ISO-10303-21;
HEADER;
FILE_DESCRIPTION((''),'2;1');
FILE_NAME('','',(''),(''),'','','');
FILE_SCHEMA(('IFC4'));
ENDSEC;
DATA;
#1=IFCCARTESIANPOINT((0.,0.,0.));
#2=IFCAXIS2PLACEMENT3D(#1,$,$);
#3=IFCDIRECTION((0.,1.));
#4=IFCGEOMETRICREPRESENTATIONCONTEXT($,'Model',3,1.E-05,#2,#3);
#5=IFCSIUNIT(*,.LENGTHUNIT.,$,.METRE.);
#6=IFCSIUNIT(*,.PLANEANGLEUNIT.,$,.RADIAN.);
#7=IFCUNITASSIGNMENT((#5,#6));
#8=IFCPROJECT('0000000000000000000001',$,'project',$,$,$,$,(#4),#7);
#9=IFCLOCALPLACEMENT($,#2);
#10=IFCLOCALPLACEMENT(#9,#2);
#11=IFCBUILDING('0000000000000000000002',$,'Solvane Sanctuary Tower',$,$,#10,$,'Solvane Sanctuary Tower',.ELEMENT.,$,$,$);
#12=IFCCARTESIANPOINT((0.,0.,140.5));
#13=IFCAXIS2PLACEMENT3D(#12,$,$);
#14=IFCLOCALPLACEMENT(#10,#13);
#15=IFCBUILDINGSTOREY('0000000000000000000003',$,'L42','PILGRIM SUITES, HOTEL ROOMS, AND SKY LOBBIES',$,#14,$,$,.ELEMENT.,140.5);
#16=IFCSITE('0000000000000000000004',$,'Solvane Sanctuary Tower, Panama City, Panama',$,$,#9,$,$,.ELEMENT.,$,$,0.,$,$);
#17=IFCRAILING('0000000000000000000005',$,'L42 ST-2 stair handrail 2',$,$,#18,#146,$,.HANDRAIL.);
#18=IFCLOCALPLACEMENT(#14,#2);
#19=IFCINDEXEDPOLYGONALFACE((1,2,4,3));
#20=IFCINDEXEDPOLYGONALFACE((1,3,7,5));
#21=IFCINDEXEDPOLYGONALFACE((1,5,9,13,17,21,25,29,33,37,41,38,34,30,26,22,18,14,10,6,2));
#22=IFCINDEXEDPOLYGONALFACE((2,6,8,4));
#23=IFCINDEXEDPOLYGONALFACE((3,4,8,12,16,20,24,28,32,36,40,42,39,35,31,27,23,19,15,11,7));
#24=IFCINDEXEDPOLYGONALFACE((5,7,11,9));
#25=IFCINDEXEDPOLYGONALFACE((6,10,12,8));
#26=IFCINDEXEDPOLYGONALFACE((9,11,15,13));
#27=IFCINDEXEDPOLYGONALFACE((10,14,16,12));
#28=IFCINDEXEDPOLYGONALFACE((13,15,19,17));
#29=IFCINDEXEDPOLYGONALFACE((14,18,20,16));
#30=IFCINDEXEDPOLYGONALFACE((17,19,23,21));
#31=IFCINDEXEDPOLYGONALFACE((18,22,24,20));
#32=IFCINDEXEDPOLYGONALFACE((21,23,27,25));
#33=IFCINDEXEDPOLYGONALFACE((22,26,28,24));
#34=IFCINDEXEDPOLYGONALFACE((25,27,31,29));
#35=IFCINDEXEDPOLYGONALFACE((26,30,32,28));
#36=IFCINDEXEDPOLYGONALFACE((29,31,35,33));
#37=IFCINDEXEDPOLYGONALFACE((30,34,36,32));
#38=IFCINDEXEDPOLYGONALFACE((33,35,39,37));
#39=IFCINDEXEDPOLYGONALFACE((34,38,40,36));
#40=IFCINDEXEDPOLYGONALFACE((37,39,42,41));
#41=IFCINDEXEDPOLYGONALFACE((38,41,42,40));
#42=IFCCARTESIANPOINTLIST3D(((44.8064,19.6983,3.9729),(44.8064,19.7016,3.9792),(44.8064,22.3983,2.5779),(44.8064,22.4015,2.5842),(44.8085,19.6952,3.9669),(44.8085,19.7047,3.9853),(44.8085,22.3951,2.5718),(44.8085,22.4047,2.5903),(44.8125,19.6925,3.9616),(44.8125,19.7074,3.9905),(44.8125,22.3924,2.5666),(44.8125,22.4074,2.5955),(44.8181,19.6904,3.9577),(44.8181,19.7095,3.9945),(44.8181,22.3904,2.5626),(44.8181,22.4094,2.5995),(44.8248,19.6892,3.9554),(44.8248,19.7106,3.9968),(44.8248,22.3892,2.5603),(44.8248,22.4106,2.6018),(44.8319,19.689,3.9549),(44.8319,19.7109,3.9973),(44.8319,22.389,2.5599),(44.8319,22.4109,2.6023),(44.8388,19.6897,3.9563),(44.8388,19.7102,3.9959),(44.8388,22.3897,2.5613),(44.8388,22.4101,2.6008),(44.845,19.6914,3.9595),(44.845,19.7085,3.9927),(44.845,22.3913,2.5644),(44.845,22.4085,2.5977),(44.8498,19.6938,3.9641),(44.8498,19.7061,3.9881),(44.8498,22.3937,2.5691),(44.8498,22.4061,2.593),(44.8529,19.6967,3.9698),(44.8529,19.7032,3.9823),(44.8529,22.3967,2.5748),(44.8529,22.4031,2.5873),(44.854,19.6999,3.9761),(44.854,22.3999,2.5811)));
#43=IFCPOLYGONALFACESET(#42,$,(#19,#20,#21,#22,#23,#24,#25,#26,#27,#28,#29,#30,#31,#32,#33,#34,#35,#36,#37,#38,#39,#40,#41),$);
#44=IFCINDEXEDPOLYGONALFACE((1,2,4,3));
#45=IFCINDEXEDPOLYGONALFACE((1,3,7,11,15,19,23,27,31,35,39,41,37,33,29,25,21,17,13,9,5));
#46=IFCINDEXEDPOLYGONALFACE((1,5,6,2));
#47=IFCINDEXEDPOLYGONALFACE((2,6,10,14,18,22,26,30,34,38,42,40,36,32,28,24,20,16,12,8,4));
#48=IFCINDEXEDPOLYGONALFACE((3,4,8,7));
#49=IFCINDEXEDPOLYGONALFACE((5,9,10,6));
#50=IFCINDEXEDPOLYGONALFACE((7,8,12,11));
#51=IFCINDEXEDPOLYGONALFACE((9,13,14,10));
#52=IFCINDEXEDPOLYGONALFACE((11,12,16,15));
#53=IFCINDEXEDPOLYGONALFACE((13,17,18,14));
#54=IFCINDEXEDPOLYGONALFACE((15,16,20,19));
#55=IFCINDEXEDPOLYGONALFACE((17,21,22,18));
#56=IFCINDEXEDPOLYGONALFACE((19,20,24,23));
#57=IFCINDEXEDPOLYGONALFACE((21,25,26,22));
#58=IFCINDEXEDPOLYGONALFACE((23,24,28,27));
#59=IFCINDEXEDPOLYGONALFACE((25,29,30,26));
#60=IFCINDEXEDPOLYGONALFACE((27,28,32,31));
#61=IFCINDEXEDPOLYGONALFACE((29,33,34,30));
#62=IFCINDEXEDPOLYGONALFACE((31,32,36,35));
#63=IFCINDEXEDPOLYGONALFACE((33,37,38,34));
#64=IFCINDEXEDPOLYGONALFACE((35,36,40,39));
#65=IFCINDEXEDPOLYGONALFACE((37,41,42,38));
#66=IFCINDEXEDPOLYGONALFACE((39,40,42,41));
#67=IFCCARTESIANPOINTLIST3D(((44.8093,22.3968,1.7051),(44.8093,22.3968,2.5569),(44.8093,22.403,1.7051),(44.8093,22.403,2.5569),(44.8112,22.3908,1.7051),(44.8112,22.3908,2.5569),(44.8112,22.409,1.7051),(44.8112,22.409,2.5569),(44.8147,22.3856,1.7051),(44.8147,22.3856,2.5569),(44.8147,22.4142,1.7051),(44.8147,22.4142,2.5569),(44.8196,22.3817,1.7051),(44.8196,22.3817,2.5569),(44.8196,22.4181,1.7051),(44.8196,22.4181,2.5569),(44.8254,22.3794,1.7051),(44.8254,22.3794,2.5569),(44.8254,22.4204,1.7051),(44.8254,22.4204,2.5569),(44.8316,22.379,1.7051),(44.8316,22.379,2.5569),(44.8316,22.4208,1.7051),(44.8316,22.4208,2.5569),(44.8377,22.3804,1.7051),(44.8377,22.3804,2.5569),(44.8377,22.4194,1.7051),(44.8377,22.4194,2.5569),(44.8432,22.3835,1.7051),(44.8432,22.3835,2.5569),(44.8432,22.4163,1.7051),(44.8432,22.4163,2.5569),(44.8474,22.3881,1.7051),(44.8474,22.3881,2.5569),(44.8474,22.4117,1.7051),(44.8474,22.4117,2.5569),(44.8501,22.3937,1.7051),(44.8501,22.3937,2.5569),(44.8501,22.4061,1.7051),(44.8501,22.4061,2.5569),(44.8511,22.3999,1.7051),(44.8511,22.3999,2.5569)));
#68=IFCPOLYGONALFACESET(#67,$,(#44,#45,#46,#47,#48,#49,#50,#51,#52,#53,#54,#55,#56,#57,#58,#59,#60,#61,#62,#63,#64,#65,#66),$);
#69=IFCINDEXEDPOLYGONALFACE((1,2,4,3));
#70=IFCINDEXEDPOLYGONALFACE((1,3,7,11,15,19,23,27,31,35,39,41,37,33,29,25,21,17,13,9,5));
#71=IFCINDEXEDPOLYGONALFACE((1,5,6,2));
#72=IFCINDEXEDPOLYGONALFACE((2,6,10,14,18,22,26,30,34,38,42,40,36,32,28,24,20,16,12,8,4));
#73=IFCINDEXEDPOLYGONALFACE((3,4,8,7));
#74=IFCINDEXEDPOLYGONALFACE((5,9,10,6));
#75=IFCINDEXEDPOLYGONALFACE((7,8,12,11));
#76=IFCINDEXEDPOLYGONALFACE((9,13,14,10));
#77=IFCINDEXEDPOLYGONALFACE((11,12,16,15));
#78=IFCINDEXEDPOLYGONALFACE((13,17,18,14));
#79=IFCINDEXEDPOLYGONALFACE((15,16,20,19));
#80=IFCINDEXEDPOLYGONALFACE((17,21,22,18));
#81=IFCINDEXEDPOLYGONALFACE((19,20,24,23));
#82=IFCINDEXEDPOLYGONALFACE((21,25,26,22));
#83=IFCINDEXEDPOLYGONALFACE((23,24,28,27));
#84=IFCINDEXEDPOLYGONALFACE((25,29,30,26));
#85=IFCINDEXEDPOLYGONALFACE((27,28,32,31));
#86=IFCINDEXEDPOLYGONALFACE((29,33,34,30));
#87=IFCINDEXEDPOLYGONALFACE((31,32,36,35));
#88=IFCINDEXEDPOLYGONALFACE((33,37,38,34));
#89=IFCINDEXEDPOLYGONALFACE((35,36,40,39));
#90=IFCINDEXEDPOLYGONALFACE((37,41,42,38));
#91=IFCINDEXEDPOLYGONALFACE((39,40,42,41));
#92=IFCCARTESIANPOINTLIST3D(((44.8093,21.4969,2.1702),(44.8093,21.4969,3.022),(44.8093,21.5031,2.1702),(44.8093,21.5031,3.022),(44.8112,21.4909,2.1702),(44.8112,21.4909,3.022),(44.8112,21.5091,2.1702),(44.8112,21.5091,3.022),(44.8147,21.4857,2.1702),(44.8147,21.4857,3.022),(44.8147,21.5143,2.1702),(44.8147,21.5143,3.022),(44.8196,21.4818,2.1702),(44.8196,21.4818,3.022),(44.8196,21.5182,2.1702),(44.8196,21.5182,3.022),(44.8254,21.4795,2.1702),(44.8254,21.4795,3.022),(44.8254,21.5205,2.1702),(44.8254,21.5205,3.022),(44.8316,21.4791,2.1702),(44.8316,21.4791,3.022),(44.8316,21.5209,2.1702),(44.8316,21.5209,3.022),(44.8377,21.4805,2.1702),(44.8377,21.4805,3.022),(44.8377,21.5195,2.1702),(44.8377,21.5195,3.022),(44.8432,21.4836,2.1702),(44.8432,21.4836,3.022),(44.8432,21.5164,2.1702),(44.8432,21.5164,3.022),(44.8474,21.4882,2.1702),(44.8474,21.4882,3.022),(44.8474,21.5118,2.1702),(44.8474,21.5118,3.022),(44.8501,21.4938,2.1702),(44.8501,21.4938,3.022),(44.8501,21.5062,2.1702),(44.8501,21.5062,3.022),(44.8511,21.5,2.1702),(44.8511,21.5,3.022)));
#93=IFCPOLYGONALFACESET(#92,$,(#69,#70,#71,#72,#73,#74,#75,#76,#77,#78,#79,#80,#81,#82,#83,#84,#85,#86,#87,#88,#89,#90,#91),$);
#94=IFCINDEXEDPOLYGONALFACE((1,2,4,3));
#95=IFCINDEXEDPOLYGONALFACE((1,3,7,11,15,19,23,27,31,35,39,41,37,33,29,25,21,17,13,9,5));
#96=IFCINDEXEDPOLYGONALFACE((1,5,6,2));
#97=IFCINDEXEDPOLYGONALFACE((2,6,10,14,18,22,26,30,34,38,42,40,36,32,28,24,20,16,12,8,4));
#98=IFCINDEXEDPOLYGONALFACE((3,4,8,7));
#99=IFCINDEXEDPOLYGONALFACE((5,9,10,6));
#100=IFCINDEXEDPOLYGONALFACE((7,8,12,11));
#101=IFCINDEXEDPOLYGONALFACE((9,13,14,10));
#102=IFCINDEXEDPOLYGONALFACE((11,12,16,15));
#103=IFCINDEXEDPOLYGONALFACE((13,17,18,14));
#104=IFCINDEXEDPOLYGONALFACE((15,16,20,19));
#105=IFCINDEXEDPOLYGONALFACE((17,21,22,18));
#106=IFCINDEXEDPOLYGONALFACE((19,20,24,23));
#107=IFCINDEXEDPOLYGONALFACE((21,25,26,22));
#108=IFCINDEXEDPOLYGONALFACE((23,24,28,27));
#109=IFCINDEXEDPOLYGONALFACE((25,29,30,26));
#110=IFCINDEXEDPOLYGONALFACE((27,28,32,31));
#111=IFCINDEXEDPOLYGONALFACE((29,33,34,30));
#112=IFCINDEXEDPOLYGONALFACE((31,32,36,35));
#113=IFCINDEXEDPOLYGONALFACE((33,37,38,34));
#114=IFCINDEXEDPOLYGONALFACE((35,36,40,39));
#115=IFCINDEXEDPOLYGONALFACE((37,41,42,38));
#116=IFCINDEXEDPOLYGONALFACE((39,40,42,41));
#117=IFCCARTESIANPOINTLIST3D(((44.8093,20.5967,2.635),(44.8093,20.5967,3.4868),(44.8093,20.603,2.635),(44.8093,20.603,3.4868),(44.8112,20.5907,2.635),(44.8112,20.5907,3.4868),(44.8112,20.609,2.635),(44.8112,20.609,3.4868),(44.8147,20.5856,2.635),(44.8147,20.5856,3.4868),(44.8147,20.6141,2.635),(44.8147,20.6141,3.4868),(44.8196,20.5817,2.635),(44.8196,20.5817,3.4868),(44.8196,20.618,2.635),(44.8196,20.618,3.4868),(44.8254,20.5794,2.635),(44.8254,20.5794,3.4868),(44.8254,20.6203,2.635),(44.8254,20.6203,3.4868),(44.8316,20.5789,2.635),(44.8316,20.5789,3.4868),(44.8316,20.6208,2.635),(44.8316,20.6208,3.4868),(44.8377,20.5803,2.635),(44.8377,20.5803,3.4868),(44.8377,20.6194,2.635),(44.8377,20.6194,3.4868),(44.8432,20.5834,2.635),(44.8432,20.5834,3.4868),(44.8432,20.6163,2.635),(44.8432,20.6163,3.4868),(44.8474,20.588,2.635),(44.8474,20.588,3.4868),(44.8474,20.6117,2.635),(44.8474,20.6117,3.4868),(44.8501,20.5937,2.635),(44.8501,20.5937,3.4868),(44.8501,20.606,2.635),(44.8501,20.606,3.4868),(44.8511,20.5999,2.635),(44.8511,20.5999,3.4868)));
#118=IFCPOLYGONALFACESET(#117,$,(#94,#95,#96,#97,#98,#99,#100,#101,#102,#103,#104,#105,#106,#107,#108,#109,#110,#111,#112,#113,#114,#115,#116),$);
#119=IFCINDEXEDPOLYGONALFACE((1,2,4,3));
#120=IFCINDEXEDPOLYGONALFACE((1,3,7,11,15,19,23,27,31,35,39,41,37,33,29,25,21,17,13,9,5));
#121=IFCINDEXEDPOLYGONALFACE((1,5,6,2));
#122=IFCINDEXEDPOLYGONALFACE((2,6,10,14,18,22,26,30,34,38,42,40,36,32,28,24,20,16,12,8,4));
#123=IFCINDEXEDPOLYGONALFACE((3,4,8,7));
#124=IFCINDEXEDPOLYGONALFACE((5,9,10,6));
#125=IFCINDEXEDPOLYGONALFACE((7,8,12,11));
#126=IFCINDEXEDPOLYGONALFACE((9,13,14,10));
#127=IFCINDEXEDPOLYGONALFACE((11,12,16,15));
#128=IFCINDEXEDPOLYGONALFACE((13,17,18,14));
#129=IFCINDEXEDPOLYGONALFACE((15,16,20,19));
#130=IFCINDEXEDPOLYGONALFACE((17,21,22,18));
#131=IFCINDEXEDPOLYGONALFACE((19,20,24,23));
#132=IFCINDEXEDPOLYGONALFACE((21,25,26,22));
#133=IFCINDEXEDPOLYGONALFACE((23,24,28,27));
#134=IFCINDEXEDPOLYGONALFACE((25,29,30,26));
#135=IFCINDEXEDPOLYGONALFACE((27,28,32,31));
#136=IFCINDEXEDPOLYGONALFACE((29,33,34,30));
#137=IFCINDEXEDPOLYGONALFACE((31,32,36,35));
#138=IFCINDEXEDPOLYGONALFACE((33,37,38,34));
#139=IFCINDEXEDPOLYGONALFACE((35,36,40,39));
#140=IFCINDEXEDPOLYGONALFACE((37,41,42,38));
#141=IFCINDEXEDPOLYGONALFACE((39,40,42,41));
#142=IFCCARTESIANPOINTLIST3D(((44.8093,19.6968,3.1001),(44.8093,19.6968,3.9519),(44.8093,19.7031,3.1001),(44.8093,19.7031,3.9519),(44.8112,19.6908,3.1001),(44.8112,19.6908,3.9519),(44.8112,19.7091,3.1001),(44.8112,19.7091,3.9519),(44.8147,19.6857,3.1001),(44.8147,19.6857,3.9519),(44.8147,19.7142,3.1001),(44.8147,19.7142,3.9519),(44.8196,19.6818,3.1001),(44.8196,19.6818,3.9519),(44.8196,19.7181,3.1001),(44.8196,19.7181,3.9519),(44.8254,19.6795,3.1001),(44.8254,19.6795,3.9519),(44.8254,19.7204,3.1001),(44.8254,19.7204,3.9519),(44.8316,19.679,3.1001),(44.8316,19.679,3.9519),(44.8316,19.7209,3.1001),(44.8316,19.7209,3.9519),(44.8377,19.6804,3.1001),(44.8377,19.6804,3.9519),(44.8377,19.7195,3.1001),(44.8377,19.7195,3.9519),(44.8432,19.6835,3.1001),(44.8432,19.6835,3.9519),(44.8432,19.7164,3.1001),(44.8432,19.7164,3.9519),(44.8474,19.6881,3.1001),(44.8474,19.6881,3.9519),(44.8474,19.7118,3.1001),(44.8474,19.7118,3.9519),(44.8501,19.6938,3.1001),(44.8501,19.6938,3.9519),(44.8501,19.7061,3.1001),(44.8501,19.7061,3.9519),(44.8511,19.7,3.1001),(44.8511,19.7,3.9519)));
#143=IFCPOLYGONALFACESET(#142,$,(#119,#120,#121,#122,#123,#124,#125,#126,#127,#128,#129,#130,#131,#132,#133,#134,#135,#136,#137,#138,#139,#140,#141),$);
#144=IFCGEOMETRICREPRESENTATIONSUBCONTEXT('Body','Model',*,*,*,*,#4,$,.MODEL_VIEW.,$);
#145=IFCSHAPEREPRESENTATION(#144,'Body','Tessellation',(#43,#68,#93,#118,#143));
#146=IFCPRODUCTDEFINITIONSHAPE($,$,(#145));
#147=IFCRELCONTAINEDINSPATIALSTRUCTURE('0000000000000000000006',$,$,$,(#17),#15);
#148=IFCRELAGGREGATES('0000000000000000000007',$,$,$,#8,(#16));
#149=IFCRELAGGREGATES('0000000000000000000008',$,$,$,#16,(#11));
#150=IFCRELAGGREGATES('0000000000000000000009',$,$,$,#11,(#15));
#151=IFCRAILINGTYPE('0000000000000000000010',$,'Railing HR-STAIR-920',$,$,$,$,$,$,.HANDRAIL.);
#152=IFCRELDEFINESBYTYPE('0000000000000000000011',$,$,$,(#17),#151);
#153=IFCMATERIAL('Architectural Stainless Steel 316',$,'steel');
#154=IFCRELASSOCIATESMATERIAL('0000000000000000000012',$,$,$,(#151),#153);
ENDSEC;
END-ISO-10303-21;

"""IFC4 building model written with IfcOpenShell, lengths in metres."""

from ifc_helpers import new_model, si_unit, direction, frame, origin, origin_2d, place, context, subcontext, project, spatial, circle, extrude, material, type_object, element, save


model = new_model("IFC4")

# Units and contexts
model_context = context("Model", 3, precision=1e-05, world=origin(), true_north=direction((0.0, 1.0)))
body_context = subcontext(model_context, "Body", "Model", "MODEL_VIEW")
ifc_project = project(units=[si_unit("LENGTHUNIT", "METRE"), si_unit("PLANEANGLEUNIT", "RADIAN")], contexts=[model_context])

# Site, building, storey
site_placement = place(None, origin())
site = spatial("IfcSite", under=ifc_project, at=site_placement, Name="Solvane Sanctuary Tower, Panama City, Panama", CompositionType="ELEMENT", RefElevation=0.0)
building_placement = place(site_placement, origin())
building = spatial("IfcBuilding", under=site, at=building_placement, Name="Solvane Sanctuary Tower", LongName="Solvane Sanctuary Tower", CompositionType="ELEMENT")
storey_placement = place(building_placement, frame((0.0, 0.0, 140.5)))
storey = spatial("IfcBuildingStorey", under=building, at=storey_placement, Name="L42", Description="PILGRIM SUITES, HOTEL ROOMS, AND SKY LOBBIES", CompositionType="ELEMENT", Elevation=140.5)

# Shared definitions
ifc_material_1 = material(Name="Architectural Stainless Steel 316", Category="steel")

# Railing
railing_type_1 = type_object("IfcRailingType", Name="Railing HR-STAIR-920", PredefinedType="HANDRAIL", material=ifc_material_1)
railing_1_placement = place(storey_placement, frame((44.8301, 22.3999, 1.7051)))
element("IfcRailing", 1, at=railing_1_placement, inside=storey, type_object=railing_type_1, Name="L42 ST-2 stair handrail 2", PredefinedType="HANDRAIL", context=body_context, shape_type="SweptSolid", body=[
    extrude(circle(Radius=0.0239, at=origin_2d()), frame((0.0, 0.0, 0.876), z_axis=(0.0, -0.88842, 0.459032), x_axis=(1.0, 0.0, 0.0)), (0.0, 0.0, 1.0), 3.0391),
    extrude(circle(Radius=0.021, at=origin_2d()), origin(), (0.0, 0.0, 1.0), 0.8518),
    extrude(circle(Radius=0.021, at=origin_2d()), frame((0.0, -0.8999, 0.4651)), (0.0, 0.0, 1.0), 0.8518),
    extrude(circle(Radius=0.021, at=origin_2d()), frame((0.0, -1.8, 0.9299)), (0.0, 0.0, 1.0), 0.8518),
    extrude(circle(Radius=0.021, at=origin_2d()), frame((0.0, -2.7, 1.395)), (0.0, 0.0, 1.0), 0.8518),
])

save(model, "model.ifc")
